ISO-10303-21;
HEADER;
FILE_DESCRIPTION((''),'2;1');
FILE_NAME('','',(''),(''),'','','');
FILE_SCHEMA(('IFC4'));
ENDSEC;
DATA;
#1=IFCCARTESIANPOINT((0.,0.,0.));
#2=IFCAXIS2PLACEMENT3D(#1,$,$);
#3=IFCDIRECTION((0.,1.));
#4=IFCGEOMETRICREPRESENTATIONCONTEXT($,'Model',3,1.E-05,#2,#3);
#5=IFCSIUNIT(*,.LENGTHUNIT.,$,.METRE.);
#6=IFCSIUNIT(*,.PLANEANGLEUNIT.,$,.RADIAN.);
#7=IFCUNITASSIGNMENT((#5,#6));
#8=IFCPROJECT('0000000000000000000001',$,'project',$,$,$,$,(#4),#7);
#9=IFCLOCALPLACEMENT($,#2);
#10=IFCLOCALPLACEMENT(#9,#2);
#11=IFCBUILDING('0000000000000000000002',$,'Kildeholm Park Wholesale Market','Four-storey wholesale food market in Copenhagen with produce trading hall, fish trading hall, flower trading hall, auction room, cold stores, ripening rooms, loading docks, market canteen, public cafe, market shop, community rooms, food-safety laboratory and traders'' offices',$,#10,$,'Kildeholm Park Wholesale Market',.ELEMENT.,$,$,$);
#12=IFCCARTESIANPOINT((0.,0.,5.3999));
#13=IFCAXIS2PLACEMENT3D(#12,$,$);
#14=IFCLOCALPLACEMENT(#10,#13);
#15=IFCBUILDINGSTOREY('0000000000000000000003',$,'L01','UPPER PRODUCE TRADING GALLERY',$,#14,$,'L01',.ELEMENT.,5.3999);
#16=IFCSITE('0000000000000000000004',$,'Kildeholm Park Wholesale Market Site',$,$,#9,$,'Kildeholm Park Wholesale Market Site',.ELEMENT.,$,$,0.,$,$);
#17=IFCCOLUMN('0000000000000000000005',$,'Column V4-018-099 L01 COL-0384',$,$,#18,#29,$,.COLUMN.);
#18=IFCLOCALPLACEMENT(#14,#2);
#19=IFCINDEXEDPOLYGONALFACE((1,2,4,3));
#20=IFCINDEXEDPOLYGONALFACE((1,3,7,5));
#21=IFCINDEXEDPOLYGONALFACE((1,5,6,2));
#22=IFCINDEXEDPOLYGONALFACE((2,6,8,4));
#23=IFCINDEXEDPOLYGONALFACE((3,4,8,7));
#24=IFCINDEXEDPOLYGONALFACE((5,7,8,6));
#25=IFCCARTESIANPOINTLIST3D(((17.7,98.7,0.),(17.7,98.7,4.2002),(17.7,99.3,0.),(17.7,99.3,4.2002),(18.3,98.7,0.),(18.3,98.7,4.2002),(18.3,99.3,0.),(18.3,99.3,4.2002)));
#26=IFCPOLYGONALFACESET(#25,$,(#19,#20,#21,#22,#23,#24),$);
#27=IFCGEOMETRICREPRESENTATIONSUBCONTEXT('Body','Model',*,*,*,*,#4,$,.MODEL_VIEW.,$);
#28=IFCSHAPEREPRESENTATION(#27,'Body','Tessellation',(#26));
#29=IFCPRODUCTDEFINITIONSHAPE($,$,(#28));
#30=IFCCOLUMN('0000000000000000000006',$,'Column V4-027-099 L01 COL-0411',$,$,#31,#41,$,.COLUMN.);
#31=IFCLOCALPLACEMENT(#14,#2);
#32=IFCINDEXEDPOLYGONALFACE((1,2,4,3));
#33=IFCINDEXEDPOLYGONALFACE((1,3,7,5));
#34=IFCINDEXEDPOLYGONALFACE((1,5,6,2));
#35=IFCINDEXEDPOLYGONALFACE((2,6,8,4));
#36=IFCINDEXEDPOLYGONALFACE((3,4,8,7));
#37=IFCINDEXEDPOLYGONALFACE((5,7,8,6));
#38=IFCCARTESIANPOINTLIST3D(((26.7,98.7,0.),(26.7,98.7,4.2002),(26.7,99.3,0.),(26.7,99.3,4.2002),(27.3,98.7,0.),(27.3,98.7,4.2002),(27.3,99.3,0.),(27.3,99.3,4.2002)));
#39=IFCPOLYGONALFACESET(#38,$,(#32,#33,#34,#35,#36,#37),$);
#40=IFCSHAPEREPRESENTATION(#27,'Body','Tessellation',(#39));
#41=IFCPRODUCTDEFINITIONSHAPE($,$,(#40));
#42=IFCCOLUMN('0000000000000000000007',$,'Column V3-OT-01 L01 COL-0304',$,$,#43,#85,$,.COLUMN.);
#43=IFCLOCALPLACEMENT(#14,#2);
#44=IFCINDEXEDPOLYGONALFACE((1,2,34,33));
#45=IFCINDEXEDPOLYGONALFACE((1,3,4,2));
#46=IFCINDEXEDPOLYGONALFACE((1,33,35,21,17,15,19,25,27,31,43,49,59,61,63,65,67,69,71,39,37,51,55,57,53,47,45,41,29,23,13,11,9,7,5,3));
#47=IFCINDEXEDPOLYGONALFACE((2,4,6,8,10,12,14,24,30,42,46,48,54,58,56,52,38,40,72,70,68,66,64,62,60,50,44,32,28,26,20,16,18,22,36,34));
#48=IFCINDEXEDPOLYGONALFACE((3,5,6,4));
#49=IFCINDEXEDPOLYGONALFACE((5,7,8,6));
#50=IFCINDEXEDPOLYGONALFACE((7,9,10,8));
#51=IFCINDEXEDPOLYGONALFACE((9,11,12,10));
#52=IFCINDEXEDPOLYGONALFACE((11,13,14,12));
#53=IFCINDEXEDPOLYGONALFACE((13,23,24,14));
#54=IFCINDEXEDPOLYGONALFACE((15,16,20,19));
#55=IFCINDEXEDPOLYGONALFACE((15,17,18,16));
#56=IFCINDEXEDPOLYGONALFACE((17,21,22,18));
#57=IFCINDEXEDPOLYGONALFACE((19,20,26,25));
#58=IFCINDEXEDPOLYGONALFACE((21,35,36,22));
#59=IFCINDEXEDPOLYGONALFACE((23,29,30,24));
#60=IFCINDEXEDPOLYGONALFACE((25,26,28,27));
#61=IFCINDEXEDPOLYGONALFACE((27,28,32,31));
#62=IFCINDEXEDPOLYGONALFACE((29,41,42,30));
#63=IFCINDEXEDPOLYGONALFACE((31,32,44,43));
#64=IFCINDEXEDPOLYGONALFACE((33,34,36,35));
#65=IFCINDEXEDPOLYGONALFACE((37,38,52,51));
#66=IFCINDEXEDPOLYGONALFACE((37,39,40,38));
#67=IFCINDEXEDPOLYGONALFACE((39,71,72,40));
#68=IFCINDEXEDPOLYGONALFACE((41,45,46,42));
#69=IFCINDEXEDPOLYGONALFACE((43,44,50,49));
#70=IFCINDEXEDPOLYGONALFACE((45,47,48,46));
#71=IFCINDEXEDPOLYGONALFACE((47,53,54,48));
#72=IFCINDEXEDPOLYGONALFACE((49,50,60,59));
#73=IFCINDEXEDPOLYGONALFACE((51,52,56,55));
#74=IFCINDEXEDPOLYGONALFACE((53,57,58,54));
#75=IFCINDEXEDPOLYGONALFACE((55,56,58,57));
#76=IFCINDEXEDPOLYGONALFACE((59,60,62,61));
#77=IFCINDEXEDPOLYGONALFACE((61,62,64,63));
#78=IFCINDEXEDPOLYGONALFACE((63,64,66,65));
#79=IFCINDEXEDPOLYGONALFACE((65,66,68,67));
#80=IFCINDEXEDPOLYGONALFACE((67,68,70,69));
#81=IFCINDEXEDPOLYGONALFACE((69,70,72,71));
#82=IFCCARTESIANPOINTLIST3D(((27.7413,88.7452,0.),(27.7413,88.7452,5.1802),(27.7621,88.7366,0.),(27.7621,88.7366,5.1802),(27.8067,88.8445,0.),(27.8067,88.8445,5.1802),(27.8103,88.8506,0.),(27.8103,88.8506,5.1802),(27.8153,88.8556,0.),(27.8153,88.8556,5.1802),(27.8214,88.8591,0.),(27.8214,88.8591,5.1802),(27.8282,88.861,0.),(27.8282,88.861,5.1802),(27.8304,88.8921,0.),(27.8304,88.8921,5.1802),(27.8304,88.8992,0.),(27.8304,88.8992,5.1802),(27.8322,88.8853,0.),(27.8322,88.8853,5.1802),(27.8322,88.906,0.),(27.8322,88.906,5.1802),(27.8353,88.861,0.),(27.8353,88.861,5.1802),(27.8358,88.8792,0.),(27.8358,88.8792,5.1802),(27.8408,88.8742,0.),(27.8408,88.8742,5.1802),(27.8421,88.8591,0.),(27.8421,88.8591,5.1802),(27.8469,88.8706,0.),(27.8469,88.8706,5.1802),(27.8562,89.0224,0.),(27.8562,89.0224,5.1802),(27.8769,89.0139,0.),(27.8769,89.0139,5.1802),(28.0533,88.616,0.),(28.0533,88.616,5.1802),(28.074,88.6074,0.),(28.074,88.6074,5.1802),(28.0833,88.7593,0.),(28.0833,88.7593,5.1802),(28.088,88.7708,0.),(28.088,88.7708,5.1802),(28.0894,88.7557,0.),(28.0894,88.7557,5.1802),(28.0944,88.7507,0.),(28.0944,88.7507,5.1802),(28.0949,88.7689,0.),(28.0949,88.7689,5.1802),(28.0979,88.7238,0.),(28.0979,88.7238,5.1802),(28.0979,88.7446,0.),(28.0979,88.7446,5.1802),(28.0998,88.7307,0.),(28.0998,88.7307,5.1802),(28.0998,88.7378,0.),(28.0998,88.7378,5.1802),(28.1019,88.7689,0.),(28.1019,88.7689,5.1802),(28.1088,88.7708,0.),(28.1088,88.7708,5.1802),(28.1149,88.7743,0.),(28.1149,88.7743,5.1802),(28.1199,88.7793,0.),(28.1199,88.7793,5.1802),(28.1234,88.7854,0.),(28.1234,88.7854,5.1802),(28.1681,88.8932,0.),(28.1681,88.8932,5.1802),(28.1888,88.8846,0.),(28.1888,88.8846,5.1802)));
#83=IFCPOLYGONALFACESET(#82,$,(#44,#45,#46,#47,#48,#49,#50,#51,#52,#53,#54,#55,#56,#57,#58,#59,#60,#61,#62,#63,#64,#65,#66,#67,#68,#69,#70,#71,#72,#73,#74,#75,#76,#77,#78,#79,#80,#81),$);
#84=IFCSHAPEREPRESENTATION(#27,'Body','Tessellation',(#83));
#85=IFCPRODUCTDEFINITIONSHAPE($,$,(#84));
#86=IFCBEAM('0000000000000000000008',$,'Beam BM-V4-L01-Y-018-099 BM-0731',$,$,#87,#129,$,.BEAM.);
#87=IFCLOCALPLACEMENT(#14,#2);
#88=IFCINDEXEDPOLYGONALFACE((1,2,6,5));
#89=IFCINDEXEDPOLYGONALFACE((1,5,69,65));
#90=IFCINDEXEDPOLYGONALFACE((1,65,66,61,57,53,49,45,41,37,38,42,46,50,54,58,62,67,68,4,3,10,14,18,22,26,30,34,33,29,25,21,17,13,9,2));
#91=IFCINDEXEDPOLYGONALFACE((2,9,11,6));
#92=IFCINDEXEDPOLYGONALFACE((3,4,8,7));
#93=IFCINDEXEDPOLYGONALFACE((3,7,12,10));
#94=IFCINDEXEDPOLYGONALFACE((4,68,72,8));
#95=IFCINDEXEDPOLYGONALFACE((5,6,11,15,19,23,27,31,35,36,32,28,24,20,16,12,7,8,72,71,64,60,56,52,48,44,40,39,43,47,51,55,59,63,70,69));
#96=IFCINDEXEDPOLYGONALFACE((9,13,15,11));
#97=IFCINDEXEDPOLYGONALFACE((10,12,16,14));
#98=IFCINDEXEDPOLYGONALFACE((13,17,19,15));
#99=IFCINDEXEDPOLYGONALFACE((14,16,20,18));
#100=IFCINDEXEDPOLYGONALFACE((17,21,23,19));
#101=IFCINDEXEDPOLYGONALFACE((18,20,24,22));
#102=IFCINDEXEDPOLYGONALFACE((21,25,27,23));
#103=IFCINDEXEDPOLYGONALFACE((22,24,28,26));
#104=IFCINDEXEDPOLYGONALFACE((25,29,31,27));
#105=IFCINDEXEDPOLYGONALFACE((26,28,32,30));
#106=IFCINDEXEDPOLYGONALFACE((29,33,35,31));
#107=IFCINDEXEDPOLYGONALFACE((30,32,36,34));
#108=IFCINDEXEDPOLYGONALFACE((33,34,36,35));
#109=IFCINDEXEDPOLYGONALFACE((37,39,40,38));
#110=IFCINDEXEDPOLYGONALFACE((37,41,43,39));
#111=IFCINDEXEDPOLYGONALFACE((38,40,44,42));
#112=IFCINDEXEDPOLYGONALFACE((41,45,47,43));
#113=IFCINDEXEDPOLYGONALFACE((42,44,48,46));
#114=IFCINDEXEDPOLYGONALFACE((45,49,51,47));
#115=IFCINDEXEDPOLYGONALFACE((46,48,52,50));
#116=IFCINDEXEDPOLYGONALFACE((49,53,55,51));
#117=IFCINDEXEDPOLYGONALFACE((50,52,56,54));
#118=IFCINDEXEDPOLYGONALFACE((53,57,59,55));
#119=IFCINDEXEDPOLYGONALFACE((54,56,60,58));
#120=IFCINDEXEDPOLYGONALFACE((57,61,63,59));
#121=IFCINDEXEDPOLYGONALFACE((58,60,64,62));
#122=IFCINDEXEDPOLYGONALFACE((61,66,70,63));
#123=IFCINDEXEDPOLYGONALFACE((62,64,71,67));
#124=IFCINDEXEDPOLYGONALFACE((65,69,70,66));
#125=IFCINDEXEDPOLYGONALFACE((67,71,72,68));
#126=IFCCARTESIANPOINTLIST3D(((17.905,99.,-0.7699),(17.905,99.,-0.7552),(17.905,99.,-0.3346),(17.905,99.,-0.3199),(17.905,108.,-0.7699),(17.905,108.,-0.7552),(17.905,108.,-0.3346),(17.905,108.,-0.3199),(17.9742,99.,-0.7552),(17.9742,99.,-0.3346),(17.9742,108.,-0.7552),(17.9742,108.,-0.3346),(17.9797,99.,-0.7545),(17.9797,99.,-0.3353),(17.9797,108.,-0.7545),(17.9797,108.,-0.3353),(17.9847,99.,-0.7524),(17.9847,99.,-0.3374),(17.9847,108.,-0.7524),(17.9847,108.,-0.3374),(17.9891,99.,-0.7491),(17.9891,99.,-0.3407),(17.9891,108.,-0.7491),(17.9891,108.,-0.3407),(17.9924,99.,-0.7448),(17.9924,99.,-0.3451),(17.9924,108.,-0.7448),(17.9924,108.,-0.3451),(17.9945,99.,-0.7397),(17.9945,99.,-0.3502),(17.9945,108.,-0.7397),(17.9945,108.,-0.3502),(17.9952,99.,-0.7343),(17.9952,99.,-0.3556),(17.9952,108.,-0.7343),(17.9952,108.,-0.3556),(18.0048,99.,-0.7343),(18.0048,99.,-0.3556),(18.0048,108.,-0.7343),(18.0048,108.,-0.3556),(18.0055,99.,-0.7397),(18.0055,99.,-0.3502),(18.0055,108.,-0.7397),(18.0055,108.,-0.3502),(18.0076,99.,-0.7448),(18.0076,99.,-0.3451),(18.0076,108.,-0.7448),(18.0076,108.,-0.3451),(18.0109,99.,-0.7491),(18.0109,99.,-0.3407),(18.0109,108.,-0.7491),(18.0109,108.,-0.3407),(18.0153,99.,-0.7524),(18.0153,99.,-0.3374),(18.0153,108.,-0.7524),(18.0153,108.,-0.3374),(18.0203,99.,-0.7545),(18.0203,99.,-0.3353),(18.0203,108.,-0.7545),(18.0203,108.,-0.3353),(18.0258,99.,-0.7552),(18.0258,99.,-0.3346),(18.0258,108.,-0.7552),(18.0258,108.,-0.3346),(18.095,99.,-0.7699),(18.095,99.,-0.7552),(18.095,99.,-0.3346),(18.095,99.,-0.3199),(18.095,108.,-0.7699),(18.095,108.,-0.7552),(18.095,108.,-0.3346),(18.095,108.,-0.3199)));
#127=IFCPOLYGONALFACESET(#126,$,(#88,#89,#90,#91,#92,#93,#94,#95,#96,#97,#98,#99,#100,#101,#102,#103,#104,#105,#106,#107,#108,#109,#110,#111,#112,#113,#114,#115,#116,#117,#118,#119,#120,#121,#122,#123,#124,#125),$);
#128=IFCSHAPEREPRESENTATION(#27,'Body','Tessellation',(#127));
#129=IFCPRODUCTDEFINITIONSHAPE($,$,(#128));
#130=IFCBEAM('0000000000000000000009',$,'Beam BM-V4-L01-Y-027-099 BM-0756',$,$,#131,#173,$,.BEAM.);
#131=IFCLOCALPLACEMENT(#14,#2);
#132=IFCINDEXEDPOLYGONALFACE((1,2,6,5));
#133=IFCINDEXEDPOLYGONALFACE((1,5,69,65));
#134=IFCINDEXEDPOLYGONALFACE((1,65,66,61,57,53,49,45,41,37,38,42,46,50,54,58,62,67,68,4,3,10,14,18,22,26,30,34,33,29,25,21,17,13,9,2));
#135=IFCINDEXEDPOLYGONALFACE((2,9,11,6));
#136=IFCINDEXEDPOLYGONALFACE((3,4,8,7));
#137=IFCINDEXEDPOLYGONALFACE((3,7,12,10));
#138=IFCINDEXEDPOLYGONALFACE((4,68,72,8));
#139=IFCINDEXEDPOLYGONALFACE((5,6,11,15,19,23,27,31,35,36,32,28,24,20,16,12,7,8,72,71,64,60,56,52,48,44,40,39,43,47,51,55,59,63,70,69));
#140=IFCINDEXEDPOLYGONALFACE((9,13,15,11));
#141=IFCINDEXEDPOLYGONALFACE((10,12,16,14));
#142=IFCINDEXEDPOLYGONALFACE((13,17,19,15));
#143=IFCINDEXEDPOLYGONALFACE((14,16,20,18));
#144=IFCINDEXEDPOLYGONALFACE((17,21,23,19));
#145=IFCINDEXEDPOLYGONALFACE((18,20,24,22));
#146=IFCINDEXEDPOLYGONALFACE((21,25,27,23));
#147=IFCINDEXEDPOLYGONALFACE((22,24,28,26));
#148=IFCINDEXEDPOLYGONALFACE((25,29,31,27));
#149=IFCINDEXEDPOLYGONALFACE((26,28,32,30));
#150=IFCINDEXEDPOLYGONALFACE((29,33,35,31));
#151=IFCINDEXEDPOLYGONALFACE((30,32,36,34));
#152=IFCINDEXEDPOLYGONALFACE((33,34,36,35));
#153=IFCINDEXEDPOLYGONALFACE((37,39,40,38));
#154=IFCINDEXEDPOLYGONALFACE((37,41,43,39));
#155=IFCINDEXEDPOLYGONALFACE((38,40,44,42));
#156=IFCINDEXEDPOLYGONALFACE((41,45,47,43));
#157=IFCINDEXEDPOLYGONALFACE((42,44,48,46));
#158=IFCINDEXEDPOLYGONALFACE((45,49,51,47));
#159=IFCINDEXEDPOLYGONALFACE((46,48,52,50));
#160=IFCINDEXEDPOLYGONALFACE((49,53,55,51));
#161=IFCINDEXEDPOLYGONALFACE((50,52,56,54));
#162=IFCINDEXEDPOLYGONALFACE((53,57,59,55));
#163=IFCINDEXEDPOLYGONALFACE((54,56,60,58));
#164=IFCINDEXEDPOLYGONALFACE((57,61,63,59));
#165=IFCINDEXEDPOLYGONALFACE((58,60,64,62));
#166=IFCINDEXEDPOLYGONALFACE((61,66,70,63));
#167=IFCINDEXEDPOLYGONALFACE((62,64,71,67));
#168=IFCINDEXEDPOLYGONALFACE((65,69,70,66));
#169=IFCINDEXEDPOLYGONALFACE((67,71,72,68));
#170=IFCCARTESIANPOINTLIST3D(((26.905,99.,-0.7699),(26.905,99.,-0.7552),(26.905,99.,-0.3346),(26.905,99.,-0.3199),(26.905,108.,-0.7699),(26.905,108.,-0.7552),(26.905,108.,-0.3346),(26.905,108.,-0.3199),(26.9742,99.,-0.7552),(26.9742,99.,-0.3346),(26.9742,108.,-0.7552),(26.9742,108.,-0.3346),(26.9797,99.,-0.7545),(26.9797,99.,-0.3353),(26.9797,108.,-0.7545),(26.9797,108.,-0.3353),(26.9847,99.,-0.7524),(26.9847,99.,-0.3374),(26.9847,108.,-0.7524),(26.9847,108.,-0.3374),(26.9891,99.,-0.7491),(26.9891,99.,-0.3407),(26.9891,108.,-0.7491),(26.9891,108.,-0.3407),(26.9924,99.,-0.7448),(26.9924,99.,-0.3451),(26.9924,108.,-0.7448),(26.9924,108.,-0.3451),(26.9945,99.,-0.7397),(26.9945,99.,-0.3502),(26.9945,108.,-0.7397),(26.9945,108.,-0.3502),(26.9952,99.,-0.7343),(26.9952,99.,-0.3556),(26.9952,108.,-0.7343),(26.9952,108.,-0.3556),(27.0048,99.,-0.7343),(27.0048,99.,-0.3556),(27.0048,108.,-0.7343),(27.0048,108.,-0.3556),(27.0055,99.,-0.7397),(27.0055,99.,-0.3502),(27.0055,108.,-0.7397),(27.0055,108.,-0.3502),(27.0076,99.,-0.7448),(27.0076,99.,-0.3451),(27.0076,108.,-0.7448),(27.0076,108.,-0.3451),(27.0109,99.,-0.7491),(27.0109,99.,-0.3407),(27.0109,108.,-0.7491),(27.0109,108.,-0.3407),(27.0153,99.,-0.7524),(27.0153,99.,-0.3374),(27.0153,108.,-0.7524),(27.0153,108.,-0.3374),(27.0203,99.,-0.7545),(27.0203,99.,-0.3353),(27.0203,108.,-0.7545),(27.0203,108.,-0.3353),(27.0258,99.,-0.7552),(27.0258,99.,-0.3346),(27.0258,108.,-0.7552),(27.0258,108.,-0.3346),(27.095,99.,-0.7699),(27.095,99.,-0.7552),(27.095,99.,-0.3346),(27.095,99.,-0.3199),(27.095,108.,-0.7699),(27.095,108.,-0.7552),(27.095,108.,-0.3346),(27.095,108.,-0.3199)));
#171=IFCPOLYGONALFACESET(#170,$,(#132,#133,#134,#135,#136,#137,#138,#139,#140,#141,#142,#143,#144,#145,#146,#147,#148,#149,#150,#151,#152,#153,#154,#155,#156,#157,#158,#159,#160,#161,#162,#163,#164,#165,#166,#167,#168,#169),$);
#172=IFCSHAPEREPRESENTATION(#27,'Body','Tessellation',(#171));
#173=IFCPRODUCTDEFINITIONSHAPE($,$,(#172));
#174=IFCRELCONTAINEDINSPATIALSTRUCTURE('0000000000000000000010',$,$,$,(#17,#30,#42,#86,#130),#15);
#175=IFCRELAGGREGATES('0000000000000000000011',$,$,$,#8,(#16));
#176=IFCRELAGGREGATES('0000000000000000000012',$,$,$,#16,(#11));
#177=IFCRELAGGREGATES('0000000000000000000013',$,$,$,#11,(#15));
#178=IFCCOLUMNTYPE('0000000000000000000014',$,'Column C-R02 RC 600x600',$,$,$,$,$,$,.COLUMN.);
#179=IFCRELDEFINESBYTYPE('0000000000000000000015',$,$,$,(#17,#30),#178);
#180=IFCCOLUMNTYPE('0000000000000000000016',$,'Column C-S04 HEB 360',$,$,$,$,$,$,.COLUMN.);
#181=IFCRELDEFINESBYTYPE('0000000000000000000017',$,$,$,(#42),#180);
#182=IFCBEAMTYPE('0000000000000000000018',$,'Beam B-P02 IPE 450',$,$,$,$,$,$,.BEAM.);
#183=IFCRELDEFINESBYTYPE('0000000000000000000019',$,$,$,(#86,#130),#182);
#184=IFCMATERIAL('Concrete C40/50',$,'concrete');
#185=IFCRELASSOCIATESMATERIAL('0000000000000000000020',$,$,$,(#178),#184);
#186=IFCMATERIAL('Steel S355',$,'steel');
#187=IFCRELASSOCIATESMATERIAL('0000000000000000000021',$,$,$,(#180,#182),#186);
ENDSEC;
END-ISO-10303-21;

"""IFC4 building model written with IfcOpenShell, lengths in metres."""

from ifc_helpers import new_model, si_unit, direction, frame, origin, origin_2d, place, context, subcontext, project, spatial, rectangle, i_section, extrude, material, material_profile, profile_set, type_object, element, save


model = new_model("IFC4")

# Units and contexts
model_context = context("Model", 3, precision=1e-05, world=origin(), true_north=direction((0.0, 1.0)))
body_context = subcontext(model_context, "Body", "Model", "MODEL_VIEW")
ifc_project = project(units=[si_unit("LENGTHUNIT", "METRE"), si_unit("PLANEANGLEUNIT", "RADIAN")], contexts=[model_context])

# Site, building, storey
site_placement = place(None, origin())
site = spatial("IfcSite", under=ifc_project, at=site_placement, Name="Kildeholm Park Wholesale Market Site", LongName="Kildeholm Park Wholesale Market Site", CompositionType="ELEMENT", RefElevation=0.0)
building_placement = place(site_placement, origin())
building = spatial("IfcBuilding", under=site, at=building_placement, Name="Kildeholm Park Wholesale Market", Description="Four-storey wholesale food market in Copenhagen with produce trading hall, fish trading hall, flower trading hall, auction room, cold stores, ripening rooms, loading docks, market canteen, public cafe, market shop, community rooms, food-safety laboratory and traders' offices", LongName="Kildeholm Park Wholesale Market", CompositionType="ELEMENT")
storey_placement = place(building_placement, frame((0.0, 0.0, 5.3999)))
storey = spatial("IfcBuildingStorey", under=building, at=storey_placement, Name="L01", Description="UPPER PRODUCE TRADING GALLERY", LongName="L01", CompositionType="ELEMENT", Elevation=5.3999)

# Columns
ifc_material_1 = material(Name="Concrete C40/50", Category="concrete")
ifc_material_profile_1 = material_profile(ifc_material_1, rectangle(XDim=0.6001, YDim=0.6001, at=origin_2d()), Name="RC 600x600")
ifc_profile_set_1 = profile_set([ifc_material_profile_1], Name="Concrete C40/50")
column_type_1 = type_object("IfcColumnType", Name="Column C-R02 RC 600x600", PredefinedType="COLUMN", material=ifc_profile_set_1)
for number, where, z_axis, x_axis, name in (
    (1, (18.0, 99.0, 0.0), (0.0, 0.0, 1.0), (1.0, 0.0, 0.0), "Column V4-018-099 L01 COL-0384"),
    (2, (27.0, 99.0, 0.0), (0.0, 0.0, 1.0), (1.0, 0.0, 0.0), "Column V4-027-099 L01 COL-0411"),
):
    element("IfcColumn", number, at=place(storey_placement, frame(where, z_axis=z_axis, x_axis=x_axis)), inside=storey, type_object=column_type_1, Name=name, PredefinedType="COLUMN", context=body_context, shape_type="SweptSolid", body=[
        extrude(rectangle(XDim=0.6001, YDim=0.6001, at=origin_2d()), origin(), (0.0, 0.0, 1.0), 4.2002),
    ])
ifc_material_2 = material(Name="Steel S355", Category="steel")
ifc_material_profile_2 = material_profile(ifc_material_2, i_section(OverallWidth=0.3, OverallDepth=0.3601, WebThickness=0.0125, FlangeThickness=0.0225, FilletRadius=0.0271, at=origin_2d()), Name="HEB 360")
ifc_profile_set_2 = profile_set([ifc_material_profile_2], Name="Steel S355")
column_type_2 = type_object("IfcColumnType", Name="Column C-S04 HEB 360", PredefinedType="COLUMN", material=ifc_profile_set_2)
column_placement = place(storey_placement, frame((27.9651, 88.8149, 0.0), z_axis=(0.0, 0.0, 1.0), x_axis=(0.382683, 0.92388, 0.0)))
element("IfcColumn", 3, at=column_placement, inside=storey, type_object=column_type_2, Name="Column V3-OT-01 L01 COL-0304", PredefinedType="COLUMN", context=body_context, shape_type="SweptSolid", body=[
    extrude(i_section(OverallWidth=0.3, OverallDepth=0.3601, WebThickness=0.0125, FlangeThickness=0.0225, FilletRadius=0.0271, at=origin_2d()), origin(), (0.0, 0.0, 1.0), 5.1802),
])

# Beams
ifc_material_profile_3 = material_profile(ifc_material_2, i_section(OverallWidth=0.1899, OverallDepth=0.45, WebThickness=0.0095, FlangeThickness=0.0146, FilletRadius=0.021, at=origin_2d()), Name="IPE 450")
ifc_profile_set_3 = profile_set([ifc_material_profile_3], Name="Steel S355")
beam_type_1 = type_object("IfcBeamType", Name="Beam B-P02 IPE 450", PredefinedType="BEAM", material=ifc_profile_set_3)
for number, where, z_axis, x_axis, name in (
    (4, (18.0, 99.0, -0.5449), (0.0, 1.0, 0.0), (-1.0, 0.0, 0.0), "Beam BM-V4-L01-Y-018-099 BM-0731"),
    (5, (27.0, 99.0, -0.5449), (0.0, 1.0, 0.0), (-1.0, 0.0, 0.0), "Beam BM-V4-L01-Y-027-099 BM-0756"),
):
    element("IfcBeam", number, at=place(storey_placement, frame(where, z_axis=z_axis, x_axis=x_axis)), inside=storey, type_object=beam_type_1, Name=name, PredefinedType="BEAM", context=body_context, shape_type="SweptSolid", body=[
        extrude(i_section(OverallWidth=0.1899, OverallDepth=0.45, WebThickness=0.0095, FlangeThickness=0.0146, FilletRadius=0.021, at=origin_2d()), origin(), (0.0, 0.0, 1.0), 9.0),
    ])

save(model, "model.ifc")
